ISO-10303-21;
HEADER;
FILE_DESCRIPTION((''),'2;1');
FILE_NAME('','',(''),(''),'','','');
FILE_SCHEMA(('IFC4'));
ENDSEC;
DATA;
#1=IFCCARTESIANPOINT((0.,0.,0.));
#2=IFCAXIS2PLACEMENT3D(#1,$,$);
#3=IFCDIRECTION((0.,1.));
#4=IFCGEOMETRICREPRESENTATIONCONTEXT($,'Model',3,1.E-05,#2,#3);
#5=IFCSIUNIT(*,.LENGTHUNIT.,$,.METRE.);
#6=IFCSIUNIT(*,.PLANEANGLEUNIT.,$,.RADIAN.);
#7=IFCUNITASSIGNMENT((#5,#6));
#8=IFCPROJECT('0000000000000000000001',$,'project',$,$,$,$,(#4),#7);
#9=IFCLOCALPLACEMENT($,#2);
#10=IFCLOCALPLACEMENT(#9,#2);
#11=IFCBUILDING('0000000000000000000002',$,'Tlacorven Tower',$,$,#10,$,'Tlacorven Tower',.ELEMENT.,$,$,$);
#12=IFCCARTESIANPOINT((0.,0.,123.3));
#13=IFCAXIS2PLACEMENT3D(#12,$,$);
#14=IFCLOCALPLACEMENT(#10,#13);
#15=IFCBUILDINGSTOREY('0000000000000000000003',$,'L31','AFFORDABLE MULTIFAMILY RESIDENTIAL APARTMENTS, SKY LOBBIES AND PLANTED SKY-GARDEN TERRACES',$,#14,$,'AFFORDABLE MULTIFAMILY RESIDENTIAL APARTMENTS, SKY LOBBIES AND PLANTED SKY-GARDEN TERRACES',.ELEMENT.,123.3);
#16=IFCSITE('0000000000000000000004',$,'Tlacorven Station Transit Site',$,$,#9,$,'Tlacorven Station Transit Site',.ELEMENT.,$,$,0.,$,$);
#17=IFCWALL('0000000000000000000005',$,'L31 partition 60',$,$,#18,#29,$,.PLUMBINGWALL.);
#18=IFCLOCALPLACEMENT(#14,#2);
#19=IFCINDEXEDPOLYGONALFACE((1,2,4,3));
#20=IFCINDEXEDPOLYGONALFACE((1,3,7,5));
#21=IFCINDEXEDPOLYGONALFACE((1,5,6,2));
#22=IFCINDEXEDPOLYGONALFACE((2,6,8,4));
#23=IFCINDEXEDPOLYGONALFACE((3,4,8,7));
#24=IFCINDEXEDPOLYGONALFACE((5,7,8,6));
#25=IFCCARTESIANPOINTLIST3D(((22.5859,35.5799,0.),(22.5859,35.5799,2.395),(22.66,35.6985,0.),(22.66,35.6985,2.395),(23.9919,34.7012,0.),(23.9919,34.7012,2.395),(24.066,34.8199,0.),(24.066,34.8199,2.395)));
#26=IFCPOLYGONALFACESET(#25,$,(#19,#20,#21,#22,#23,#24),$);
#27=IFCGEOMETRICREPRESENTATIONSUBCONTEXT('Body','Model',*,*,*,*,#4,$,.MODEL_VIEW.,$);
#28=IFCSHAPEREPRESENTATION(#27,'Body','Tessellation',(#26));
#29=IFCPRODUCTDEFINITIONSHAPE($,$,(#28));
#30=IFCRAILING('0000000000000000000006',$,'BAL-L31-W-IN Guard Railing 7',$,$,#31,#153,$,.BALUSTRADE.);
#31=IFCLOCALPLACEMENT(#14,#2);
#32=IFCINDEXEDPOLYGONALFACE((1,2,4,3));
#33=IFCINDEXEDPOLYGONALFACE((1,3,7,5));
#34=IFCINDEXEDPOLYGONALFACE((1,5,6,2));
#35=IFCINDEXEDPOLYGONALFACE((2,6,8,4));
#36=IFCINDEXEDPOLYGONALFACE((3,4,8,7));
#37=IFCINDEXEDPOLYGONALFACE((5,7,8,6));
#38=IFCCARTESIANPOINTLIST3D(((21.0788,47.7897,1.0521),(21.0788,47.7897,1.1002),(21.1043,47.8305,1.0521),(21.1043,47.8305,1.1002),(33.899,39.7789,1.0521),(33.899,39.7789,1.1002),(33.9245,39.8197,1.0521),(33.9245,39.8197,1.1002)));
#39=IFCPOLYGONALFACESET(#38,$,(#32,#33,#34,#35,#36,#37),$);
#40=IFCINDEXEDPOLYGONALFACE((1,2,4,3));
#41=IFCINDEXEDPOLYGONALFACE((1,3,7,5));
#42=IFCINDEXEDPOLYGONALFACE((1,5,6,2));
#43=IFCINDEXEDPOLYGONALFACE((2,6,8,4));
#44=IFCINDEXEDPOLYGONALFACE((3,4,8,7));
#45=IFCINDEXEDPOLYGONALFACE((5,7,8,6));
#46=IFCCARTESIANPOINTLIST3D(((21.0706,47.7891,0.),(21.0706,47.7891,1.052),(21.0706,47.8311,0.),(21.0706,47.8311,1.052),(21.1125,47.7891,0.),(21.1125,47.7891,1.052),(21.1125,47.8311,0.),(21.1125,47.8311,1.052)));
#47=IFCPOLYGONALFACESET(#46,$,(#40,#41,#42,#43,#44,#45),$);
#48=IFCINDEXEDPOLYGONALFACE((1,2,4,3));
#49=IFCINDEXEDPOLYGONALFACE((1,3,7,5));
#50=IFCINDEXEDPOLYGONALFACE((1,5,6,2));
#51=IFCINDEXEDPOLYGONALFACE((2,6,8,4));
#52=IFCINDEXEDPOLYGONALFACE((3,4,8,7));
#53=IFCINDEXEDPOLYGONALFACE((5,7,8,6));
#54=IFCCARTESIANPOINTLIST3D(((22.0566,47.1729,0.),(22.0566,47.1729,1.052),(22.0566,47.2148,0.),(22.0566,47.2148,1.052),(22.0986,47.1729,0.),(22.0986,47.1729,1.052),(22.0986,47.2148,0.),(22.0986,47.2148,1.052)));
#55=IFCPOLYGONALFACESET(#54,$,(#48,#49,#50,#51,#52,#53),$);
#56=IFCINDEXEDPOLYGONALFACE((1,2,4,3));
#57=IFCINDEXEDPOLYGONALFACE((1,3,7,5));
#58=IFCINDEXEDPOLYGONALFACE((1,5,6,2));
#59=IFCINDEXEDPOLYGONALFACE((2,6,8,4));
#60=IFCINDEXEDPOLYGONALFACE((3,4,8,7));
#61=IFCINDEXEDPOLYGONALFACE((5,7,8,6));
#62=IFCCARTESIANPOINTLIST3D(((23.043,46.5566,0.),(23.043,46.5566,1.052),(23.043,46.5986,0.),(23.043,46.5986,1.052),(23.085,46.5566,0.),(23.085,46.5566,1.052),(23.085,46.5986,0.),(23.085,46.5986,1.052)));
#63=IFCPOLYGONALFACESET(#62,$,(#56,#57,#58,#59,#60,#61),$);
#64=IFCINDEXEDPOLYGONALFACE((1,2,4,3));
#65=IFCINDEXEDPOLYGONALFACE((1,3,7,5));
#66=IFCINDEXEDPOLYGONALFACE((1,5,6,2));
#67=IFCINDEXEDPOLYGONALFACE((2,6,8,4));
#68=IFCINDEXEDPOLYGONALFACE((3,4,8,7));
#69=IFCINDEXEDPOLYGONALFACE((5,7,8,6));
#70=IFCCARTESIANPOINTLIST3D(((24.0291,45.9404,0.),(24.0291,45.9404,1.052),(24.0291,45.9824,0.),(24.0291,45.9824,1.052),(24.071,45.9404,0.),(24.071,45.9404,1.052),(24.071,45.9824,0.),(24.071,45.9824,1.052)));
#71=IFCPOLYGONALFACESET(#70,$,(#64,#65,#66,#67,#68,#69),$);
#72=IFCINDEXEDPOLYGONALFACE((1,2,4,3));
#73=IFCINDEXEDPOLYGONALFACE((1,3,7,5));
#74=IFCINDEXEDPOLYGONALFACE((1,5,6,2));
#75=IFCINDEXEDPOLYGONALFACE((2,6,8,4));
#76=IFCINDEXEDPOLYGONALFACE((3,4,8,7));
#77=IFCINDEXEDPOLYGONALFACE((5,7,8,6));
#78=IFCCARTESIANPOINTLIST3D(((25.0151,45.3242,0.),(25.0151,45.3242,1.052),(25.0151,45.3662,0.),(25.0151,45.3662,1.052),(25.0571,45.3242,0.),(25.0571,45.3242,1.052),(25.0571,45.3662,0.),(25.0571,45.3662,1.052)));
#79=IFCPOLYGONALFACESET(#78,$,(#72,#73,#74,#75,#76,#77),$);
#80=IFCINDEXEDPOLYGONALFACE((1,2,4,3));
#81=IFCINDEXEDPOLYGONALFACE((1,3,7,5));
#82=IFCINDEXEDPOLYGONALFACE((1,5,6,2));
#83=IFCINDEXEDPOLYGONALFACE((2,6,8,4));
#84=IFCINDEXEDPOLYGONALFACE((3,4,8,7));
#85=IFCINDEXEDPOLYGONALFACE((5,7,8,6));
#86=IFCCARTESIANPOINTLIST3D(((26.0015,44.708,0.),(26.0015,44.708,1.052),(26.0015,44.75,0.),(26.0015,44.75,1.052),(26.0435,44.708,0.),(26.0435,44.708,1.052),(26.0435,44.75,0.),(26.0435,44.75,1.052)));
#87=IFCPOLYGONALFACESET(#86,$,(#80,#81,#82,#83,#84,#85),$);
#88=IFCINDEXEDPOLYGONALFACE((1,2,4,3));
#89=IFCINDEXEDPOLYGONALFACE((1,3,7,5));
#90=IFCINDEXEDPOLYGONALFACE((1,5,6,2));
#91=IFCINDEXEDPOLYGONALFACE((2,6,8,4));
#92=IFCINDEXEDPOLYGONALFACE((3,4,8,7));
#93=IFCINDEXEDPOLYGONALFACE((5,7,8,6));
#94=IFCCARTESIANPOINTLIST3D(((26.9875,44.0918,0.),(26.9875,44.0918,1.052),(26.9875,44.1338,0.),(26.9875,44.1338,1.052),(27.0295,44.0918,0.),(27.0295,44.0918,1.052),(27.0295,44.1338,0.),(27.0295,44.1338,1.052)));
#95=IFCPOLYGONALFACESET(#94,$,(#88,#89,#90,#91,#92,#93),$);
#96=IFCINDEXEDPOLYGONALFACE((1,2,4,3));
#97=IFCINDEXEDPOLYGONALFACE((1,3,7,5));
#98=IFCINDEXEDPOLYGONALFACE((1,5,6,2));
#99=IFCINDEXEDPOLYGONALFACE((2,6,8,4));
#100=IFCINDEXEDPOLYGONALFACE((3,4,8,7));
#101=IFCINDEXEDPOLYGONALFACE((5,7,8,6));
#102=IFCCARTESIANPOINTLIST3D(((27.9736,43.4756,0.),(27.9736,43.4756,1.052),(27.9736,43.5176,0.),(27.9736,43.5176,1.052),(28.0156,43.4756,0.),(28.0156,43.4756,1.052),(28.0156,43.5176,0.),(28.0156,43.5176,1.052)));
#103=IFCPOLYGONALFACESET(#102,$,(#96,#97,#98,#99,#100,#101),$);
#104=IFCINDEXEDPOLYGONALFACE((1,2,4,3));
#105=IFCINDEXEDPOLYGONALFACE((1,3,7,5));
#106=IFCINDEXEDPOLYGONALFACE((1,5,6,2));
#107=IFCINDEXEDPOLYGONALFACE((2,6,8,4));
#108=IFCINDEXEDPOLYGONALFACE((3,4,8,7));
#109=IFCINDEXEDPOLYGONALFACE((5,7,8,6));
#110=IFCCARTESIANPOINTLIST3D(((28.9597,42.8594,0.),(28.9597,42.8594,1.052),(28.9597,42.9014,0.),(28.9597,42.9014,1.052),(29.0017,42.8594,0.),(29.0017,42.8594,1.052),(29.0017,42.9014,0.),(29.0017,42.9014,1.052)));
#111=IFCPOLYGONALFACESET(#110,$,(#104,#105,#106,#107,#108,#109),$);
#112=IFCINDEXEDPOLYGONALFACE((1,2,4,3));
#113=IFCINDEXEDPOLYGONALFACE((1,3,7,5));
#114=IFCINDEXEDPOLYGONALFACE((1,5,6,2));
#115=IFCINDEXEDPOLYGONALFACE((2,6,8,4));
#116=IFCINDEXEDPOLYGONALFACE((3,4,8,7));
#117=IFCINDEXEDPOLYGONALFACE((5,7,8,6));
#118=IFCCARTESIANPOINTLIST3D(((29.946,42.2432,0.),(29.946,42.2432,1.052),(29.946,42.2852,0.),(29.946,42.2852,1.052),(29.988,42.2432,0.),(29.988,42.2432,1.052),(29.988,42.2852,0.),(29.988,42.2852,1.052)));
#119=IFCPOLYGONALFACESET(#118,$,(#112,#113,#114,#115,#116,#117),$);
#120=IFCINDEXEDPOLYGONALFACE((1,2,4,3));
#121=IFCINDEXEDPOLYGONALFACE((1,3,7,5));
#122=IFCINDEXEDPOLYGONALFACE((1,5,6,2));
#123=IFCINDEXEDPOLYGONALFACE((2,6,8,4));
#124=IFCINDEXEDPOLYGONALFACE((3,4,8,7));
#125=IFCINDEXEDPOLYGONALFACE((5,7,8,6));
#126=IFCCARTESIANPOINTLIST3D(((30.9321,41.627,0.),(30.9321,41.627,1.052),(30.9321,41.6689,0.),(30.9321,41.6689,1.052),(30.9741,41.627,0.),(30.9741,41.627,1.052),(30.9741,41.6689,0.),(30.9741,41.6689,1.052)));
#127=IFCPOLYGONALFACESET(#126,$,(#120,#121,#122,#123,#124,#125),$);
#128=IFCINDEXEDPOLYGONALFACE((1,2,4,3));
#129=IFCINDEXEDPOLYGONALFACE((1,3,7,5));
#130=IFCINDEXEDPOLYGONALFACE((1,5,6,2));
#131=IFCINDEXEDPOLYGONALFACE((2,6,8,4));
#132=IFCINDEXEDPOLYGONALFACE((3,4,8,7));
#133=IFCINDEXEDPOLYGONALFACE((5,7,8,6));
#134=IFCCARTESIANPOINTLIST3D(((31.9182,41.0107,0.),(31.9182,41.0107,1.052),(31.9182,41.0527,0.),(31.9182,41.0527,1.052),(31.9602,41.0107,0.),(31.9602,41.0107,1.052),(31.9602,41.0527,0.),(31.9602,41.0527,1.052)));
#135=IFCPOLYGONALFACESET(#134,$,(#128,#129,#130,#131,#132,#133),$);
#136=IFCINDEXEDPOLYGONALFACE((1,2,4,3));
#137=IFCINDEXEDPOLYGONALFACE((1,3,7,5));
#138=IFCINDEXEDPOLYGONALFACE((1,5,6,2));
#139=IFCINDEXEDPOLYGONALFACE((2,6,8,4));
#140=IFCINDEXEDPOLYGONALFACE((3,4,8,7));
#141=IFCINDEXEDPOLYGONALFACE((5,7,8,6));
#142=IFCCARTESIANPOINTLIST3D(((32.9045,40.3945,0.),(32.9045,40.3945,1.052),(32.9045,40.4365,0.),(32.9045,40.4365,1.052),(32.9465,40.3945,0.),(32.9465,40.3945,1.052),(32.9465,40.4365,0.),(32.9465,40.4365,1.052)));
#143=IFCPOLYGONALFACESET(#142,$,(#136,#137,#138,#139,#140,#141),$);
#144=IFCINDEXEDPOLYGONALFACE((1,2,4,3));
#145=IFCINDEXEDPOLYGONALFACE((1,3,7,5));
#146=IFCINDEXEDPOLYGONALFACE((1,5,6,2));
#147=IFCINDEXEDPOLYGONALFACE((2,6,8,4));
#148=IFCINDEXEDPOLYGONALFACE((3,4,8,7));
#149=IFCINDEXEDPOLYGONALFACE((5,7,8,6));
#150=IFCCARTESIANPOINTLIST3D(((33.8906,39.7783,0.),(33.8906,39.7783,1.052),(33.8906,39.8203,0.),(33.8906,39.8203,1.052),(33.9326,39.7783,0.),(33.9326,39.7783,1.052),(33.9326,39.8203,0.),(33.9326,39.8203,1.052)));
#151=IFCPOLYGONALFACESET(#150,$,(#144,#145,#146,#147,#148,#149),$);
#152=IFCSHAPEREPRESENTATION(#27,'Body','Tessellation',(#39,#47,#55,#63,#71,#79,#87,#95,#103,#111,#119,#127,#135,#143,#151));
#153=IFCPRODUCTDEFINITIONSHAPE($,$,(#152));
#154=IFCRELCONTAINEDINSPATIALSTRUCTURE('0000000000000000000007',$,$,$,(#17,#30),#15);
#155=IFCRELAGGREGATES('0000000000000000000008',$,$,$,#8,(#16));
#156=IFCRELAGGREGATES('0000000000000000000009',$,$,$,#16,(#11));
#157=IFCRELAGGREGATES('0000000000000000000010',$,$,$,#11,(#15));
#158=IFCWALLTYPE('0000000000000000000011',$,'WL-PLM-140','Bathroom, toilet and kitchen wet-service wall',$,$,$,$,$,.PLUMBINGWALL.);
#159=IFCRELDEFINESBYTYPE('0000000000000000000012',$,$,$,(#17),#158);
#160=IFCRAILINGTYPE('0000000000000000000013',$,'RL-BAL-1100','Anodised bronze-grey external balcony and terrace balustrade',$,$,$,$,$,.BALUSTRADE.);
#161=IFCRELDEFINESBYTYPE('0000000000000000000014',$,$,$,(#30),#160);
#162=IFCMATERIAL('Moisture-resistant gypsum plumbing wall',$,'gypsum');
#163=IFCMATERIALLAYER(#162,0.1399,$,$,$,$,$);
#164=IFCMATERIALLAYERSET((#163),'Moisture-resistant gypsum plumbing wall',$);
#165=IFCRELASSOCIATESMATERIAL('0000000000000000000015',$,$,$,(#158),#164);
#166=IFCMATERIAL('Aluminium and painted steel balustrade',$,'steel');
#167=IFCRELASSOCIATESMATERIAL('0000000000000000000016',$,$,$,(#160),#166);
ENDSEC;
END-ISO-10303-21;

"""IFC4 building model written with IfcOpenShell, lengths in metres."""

from ifc_helpers import new_model, si_unit, direction, frame, frame_2d, origin, origin_2d, place, context, subcontext, project, spatial, rectangle, extrude, source, transform, mapped, material, layer, layer_set, type_object, element, save


model = new_model("IFC4")

# Units and contexts
model_context = context("Model", 3, precision=1e-05, world=origin(), true_north=direction((0.0, 1.0)))
body_context = subcontext(model_context, "Body", "Model", "MODEL_VIEW")
ifc_project = project(units=[si_unit("LENGTHUNIT", "METRE"), si_unit("PLANEANGLEUNIT", "RADIAN")], contexts=[model_context])

# Site, building, storey
site_placement = place(None, origin())
site = spatial("IfcSite", under=ifc_project, at=site_placement, Name="Tlacorven Station Transit Site", LongName="Tlacorven Station Transit Site", CompositionType="ELEMENT", RefElevation=0.0)
building_placement = place(site_placement, origin())
building = spatial("IfcBuilding", under=site, at=building_placement, Name="Tlacorven Tower", LongName="Tlacorven Tower", CompositionType="ELEMENT")
storey_placement = place(building_placement, frame((0.0, 0.0, 123.3)))
storey = spatial("IfcBuildingStorey", under=building, at=storey_placement, Name="L31", Description="AFFORDABLE MULTIFAMILY RESIDENTIAL APARTMENTS, SKY LOBBIES AND PLANTED SKY-GARDEN TERRACES", LongName="AFFORDABLE MULTIFAMILY RESIDENTIAL APARTMENTS, SKY LOBBIES AND PLANTED SKY-GARDEN TERRACES", CompositionType="ELEMENT", Elevation=123.3)

# Shared definitions
ifc_material_1 = material(Name="Moisture-resistant gypsum plumbing wall", Category="gypsum")
ifc_layer_1 = layer(ifc_material_1, 0.1399)
ifc_layer_set_1 = layer_set([ifc_layer_1], Name="Moisture-resistant gypsum plumbing wall")
wall_type_1 = type_object("IfcWallType", Name="WL-PLM-140", Description="Bathroom, toilet and kitchen wet-service wall", PredefinedType="PLUMBINGWALL", material=ifc_layer_set_1)

# Wall
wall_1_placement = place(storey_placement, frame((24.0291, 34.7605, 0.0), z_axis=(0.0, 0.0, 1.0), x_axis=(-0.848023, 0.529959, 0.0)))
element("IfcWall", 1, at=wall_1_placement, inside=storey, type_object=wall_type_1, Name="L31 partition 60", PredefinedType="PLUMBINGWALL", context=body_context, shape_type="SweptSolid", body=[
    extrude(rectangle(XDim=1.658, YDim=0.1399, at=frame_2d((0.8291, 0.0))), origin(), (0.0, 0.0, 1.0), 2.395),
])

# Railing
ifc_material_2 = material(Name="Aluminium and painted steel balustrade", Category="steel")
railing_type = type_object("IfcRailingType", Name="RL-BAL-1100", Description="Anodised bronze-grey external balcony and terrace balustrade", PredefinedType="BALUSTRADE", material=ifc_material_2)
shared_shape_1 = source(origin(), body_context, "Body", "SweptSolid", [
    extrude(rectangle(XDim=0.0481, YDim=0.0481, at=origin_2d()), frame((0.0, 0.0, 1.0762), z_axis=(0.848052, -0.529913, 0.0), x_axis=(0.529913, 0.848052, 0.0)), (0.0, 0.0, 1.0), 15.1172),
    extrude(rectangle(XDim=0.042, YDim=0.042, at=origin_2d()), origin(), (0.0, 0.0, 1.0), 1.052),
    extrude(rectangle(XDim=0.042, YDim=0.042, at=origin_2d()), frame((0.9861, -0.6162, 0.0)), (0.0, 0.0, 1.0), 1.052),
    extrude(rectangle(XDim=0.042, YDim=0.042, at=origin_2d()), frame((1.9724, -1.2324, 0.0)), (0.0, 0.0, 1.0), 1.052),
    extrude(rectangle(XDim=0.042, YDim=0.042, at=origin_2d()), frame((2.9585, -1.8486, 0.0)), (0.0, 0.0, 1.0), 1.052),
    extrude(rectangle(XDim=0.042, YDim=0.042, at=origin_2d()), frame((3.9446, -2.4648, 0.0)), (0.0, 0.0, 1.0), 1.052),
    extrude(rectangle(XDim=0.042, YDim=0.042, at=origin_2d()), frame((4.9309, -3.0811, 0.0)), (0.0, 0.0, 1.0), 1.052),
    extrude(rectangle(XDim=0.042, YDim=0.042, at=origin_2d()), frame((5.917, -3.6973, 0.0)), (0.0, 0.0, 1.0), 1.052),
    extrude(rectangle(XDim=0.042, YDim=0.042, at=origin_2d()), frame((6.9031, -4.3135, 0.0)), (0.0, 0.0, 1.0), 1.052),
    extrude(rectangle(XDim=0.042, YDim=0.042, at=origin_2d()), frame((7.8892, -4.9297, 0.0)), (0.0, 0.0, 1.0), 1.052),
    extrude(rectangle(XDim=0.042, YDim=0.042, at=origin_2d()), frame((8.8755, -5.5459, 0.0)), (0.0, 0.0, 1.0), 1.052),
    extrude(rectangle(XDim=0.042, YDim=0.042, at=origin_2d()), frame((9.8616, -6.1621, 0.0)), (0.0, 0.0, 1.0), 1.052),
    extrude(rectangle(XDim=0.042, YDim=0.042, at=origin_2d()), frame((10.8477, -6.7783, 0.0)), (0.0, 0.0, 1.0), 1.052),
    extrude(rectangle(XDim=0.042, YDim=0.042, at=origin_2d()), frame((11.834, -7.3945, 0.0)), (0.0, 0.0, 1.0), 1.052),
    extrude(rectangle(XDim=0.042, YDim=0.042, at=origin_2d()), frame((12.8201, -8.0107, 0.0)), (0.0, 0.0, 1.0), 1.052),
])
railing_placement = place(storey_placement, frame((21.0916, 47.8101, 0.0)))
element("IfcRailing", 2, at=railing_placement, inside=storey, type_object=railing_type, Name="BAL-L31-W-IN Guard Railing 7", PredefinedType="BALUSTRADE", context=body_context, shape_type="MappedRepresentation", body=[
    mapped(shared_shape_1, transform((0.0, 0.0, 0.0), scale=1.0)),
])

save(model, "model.ifc")
